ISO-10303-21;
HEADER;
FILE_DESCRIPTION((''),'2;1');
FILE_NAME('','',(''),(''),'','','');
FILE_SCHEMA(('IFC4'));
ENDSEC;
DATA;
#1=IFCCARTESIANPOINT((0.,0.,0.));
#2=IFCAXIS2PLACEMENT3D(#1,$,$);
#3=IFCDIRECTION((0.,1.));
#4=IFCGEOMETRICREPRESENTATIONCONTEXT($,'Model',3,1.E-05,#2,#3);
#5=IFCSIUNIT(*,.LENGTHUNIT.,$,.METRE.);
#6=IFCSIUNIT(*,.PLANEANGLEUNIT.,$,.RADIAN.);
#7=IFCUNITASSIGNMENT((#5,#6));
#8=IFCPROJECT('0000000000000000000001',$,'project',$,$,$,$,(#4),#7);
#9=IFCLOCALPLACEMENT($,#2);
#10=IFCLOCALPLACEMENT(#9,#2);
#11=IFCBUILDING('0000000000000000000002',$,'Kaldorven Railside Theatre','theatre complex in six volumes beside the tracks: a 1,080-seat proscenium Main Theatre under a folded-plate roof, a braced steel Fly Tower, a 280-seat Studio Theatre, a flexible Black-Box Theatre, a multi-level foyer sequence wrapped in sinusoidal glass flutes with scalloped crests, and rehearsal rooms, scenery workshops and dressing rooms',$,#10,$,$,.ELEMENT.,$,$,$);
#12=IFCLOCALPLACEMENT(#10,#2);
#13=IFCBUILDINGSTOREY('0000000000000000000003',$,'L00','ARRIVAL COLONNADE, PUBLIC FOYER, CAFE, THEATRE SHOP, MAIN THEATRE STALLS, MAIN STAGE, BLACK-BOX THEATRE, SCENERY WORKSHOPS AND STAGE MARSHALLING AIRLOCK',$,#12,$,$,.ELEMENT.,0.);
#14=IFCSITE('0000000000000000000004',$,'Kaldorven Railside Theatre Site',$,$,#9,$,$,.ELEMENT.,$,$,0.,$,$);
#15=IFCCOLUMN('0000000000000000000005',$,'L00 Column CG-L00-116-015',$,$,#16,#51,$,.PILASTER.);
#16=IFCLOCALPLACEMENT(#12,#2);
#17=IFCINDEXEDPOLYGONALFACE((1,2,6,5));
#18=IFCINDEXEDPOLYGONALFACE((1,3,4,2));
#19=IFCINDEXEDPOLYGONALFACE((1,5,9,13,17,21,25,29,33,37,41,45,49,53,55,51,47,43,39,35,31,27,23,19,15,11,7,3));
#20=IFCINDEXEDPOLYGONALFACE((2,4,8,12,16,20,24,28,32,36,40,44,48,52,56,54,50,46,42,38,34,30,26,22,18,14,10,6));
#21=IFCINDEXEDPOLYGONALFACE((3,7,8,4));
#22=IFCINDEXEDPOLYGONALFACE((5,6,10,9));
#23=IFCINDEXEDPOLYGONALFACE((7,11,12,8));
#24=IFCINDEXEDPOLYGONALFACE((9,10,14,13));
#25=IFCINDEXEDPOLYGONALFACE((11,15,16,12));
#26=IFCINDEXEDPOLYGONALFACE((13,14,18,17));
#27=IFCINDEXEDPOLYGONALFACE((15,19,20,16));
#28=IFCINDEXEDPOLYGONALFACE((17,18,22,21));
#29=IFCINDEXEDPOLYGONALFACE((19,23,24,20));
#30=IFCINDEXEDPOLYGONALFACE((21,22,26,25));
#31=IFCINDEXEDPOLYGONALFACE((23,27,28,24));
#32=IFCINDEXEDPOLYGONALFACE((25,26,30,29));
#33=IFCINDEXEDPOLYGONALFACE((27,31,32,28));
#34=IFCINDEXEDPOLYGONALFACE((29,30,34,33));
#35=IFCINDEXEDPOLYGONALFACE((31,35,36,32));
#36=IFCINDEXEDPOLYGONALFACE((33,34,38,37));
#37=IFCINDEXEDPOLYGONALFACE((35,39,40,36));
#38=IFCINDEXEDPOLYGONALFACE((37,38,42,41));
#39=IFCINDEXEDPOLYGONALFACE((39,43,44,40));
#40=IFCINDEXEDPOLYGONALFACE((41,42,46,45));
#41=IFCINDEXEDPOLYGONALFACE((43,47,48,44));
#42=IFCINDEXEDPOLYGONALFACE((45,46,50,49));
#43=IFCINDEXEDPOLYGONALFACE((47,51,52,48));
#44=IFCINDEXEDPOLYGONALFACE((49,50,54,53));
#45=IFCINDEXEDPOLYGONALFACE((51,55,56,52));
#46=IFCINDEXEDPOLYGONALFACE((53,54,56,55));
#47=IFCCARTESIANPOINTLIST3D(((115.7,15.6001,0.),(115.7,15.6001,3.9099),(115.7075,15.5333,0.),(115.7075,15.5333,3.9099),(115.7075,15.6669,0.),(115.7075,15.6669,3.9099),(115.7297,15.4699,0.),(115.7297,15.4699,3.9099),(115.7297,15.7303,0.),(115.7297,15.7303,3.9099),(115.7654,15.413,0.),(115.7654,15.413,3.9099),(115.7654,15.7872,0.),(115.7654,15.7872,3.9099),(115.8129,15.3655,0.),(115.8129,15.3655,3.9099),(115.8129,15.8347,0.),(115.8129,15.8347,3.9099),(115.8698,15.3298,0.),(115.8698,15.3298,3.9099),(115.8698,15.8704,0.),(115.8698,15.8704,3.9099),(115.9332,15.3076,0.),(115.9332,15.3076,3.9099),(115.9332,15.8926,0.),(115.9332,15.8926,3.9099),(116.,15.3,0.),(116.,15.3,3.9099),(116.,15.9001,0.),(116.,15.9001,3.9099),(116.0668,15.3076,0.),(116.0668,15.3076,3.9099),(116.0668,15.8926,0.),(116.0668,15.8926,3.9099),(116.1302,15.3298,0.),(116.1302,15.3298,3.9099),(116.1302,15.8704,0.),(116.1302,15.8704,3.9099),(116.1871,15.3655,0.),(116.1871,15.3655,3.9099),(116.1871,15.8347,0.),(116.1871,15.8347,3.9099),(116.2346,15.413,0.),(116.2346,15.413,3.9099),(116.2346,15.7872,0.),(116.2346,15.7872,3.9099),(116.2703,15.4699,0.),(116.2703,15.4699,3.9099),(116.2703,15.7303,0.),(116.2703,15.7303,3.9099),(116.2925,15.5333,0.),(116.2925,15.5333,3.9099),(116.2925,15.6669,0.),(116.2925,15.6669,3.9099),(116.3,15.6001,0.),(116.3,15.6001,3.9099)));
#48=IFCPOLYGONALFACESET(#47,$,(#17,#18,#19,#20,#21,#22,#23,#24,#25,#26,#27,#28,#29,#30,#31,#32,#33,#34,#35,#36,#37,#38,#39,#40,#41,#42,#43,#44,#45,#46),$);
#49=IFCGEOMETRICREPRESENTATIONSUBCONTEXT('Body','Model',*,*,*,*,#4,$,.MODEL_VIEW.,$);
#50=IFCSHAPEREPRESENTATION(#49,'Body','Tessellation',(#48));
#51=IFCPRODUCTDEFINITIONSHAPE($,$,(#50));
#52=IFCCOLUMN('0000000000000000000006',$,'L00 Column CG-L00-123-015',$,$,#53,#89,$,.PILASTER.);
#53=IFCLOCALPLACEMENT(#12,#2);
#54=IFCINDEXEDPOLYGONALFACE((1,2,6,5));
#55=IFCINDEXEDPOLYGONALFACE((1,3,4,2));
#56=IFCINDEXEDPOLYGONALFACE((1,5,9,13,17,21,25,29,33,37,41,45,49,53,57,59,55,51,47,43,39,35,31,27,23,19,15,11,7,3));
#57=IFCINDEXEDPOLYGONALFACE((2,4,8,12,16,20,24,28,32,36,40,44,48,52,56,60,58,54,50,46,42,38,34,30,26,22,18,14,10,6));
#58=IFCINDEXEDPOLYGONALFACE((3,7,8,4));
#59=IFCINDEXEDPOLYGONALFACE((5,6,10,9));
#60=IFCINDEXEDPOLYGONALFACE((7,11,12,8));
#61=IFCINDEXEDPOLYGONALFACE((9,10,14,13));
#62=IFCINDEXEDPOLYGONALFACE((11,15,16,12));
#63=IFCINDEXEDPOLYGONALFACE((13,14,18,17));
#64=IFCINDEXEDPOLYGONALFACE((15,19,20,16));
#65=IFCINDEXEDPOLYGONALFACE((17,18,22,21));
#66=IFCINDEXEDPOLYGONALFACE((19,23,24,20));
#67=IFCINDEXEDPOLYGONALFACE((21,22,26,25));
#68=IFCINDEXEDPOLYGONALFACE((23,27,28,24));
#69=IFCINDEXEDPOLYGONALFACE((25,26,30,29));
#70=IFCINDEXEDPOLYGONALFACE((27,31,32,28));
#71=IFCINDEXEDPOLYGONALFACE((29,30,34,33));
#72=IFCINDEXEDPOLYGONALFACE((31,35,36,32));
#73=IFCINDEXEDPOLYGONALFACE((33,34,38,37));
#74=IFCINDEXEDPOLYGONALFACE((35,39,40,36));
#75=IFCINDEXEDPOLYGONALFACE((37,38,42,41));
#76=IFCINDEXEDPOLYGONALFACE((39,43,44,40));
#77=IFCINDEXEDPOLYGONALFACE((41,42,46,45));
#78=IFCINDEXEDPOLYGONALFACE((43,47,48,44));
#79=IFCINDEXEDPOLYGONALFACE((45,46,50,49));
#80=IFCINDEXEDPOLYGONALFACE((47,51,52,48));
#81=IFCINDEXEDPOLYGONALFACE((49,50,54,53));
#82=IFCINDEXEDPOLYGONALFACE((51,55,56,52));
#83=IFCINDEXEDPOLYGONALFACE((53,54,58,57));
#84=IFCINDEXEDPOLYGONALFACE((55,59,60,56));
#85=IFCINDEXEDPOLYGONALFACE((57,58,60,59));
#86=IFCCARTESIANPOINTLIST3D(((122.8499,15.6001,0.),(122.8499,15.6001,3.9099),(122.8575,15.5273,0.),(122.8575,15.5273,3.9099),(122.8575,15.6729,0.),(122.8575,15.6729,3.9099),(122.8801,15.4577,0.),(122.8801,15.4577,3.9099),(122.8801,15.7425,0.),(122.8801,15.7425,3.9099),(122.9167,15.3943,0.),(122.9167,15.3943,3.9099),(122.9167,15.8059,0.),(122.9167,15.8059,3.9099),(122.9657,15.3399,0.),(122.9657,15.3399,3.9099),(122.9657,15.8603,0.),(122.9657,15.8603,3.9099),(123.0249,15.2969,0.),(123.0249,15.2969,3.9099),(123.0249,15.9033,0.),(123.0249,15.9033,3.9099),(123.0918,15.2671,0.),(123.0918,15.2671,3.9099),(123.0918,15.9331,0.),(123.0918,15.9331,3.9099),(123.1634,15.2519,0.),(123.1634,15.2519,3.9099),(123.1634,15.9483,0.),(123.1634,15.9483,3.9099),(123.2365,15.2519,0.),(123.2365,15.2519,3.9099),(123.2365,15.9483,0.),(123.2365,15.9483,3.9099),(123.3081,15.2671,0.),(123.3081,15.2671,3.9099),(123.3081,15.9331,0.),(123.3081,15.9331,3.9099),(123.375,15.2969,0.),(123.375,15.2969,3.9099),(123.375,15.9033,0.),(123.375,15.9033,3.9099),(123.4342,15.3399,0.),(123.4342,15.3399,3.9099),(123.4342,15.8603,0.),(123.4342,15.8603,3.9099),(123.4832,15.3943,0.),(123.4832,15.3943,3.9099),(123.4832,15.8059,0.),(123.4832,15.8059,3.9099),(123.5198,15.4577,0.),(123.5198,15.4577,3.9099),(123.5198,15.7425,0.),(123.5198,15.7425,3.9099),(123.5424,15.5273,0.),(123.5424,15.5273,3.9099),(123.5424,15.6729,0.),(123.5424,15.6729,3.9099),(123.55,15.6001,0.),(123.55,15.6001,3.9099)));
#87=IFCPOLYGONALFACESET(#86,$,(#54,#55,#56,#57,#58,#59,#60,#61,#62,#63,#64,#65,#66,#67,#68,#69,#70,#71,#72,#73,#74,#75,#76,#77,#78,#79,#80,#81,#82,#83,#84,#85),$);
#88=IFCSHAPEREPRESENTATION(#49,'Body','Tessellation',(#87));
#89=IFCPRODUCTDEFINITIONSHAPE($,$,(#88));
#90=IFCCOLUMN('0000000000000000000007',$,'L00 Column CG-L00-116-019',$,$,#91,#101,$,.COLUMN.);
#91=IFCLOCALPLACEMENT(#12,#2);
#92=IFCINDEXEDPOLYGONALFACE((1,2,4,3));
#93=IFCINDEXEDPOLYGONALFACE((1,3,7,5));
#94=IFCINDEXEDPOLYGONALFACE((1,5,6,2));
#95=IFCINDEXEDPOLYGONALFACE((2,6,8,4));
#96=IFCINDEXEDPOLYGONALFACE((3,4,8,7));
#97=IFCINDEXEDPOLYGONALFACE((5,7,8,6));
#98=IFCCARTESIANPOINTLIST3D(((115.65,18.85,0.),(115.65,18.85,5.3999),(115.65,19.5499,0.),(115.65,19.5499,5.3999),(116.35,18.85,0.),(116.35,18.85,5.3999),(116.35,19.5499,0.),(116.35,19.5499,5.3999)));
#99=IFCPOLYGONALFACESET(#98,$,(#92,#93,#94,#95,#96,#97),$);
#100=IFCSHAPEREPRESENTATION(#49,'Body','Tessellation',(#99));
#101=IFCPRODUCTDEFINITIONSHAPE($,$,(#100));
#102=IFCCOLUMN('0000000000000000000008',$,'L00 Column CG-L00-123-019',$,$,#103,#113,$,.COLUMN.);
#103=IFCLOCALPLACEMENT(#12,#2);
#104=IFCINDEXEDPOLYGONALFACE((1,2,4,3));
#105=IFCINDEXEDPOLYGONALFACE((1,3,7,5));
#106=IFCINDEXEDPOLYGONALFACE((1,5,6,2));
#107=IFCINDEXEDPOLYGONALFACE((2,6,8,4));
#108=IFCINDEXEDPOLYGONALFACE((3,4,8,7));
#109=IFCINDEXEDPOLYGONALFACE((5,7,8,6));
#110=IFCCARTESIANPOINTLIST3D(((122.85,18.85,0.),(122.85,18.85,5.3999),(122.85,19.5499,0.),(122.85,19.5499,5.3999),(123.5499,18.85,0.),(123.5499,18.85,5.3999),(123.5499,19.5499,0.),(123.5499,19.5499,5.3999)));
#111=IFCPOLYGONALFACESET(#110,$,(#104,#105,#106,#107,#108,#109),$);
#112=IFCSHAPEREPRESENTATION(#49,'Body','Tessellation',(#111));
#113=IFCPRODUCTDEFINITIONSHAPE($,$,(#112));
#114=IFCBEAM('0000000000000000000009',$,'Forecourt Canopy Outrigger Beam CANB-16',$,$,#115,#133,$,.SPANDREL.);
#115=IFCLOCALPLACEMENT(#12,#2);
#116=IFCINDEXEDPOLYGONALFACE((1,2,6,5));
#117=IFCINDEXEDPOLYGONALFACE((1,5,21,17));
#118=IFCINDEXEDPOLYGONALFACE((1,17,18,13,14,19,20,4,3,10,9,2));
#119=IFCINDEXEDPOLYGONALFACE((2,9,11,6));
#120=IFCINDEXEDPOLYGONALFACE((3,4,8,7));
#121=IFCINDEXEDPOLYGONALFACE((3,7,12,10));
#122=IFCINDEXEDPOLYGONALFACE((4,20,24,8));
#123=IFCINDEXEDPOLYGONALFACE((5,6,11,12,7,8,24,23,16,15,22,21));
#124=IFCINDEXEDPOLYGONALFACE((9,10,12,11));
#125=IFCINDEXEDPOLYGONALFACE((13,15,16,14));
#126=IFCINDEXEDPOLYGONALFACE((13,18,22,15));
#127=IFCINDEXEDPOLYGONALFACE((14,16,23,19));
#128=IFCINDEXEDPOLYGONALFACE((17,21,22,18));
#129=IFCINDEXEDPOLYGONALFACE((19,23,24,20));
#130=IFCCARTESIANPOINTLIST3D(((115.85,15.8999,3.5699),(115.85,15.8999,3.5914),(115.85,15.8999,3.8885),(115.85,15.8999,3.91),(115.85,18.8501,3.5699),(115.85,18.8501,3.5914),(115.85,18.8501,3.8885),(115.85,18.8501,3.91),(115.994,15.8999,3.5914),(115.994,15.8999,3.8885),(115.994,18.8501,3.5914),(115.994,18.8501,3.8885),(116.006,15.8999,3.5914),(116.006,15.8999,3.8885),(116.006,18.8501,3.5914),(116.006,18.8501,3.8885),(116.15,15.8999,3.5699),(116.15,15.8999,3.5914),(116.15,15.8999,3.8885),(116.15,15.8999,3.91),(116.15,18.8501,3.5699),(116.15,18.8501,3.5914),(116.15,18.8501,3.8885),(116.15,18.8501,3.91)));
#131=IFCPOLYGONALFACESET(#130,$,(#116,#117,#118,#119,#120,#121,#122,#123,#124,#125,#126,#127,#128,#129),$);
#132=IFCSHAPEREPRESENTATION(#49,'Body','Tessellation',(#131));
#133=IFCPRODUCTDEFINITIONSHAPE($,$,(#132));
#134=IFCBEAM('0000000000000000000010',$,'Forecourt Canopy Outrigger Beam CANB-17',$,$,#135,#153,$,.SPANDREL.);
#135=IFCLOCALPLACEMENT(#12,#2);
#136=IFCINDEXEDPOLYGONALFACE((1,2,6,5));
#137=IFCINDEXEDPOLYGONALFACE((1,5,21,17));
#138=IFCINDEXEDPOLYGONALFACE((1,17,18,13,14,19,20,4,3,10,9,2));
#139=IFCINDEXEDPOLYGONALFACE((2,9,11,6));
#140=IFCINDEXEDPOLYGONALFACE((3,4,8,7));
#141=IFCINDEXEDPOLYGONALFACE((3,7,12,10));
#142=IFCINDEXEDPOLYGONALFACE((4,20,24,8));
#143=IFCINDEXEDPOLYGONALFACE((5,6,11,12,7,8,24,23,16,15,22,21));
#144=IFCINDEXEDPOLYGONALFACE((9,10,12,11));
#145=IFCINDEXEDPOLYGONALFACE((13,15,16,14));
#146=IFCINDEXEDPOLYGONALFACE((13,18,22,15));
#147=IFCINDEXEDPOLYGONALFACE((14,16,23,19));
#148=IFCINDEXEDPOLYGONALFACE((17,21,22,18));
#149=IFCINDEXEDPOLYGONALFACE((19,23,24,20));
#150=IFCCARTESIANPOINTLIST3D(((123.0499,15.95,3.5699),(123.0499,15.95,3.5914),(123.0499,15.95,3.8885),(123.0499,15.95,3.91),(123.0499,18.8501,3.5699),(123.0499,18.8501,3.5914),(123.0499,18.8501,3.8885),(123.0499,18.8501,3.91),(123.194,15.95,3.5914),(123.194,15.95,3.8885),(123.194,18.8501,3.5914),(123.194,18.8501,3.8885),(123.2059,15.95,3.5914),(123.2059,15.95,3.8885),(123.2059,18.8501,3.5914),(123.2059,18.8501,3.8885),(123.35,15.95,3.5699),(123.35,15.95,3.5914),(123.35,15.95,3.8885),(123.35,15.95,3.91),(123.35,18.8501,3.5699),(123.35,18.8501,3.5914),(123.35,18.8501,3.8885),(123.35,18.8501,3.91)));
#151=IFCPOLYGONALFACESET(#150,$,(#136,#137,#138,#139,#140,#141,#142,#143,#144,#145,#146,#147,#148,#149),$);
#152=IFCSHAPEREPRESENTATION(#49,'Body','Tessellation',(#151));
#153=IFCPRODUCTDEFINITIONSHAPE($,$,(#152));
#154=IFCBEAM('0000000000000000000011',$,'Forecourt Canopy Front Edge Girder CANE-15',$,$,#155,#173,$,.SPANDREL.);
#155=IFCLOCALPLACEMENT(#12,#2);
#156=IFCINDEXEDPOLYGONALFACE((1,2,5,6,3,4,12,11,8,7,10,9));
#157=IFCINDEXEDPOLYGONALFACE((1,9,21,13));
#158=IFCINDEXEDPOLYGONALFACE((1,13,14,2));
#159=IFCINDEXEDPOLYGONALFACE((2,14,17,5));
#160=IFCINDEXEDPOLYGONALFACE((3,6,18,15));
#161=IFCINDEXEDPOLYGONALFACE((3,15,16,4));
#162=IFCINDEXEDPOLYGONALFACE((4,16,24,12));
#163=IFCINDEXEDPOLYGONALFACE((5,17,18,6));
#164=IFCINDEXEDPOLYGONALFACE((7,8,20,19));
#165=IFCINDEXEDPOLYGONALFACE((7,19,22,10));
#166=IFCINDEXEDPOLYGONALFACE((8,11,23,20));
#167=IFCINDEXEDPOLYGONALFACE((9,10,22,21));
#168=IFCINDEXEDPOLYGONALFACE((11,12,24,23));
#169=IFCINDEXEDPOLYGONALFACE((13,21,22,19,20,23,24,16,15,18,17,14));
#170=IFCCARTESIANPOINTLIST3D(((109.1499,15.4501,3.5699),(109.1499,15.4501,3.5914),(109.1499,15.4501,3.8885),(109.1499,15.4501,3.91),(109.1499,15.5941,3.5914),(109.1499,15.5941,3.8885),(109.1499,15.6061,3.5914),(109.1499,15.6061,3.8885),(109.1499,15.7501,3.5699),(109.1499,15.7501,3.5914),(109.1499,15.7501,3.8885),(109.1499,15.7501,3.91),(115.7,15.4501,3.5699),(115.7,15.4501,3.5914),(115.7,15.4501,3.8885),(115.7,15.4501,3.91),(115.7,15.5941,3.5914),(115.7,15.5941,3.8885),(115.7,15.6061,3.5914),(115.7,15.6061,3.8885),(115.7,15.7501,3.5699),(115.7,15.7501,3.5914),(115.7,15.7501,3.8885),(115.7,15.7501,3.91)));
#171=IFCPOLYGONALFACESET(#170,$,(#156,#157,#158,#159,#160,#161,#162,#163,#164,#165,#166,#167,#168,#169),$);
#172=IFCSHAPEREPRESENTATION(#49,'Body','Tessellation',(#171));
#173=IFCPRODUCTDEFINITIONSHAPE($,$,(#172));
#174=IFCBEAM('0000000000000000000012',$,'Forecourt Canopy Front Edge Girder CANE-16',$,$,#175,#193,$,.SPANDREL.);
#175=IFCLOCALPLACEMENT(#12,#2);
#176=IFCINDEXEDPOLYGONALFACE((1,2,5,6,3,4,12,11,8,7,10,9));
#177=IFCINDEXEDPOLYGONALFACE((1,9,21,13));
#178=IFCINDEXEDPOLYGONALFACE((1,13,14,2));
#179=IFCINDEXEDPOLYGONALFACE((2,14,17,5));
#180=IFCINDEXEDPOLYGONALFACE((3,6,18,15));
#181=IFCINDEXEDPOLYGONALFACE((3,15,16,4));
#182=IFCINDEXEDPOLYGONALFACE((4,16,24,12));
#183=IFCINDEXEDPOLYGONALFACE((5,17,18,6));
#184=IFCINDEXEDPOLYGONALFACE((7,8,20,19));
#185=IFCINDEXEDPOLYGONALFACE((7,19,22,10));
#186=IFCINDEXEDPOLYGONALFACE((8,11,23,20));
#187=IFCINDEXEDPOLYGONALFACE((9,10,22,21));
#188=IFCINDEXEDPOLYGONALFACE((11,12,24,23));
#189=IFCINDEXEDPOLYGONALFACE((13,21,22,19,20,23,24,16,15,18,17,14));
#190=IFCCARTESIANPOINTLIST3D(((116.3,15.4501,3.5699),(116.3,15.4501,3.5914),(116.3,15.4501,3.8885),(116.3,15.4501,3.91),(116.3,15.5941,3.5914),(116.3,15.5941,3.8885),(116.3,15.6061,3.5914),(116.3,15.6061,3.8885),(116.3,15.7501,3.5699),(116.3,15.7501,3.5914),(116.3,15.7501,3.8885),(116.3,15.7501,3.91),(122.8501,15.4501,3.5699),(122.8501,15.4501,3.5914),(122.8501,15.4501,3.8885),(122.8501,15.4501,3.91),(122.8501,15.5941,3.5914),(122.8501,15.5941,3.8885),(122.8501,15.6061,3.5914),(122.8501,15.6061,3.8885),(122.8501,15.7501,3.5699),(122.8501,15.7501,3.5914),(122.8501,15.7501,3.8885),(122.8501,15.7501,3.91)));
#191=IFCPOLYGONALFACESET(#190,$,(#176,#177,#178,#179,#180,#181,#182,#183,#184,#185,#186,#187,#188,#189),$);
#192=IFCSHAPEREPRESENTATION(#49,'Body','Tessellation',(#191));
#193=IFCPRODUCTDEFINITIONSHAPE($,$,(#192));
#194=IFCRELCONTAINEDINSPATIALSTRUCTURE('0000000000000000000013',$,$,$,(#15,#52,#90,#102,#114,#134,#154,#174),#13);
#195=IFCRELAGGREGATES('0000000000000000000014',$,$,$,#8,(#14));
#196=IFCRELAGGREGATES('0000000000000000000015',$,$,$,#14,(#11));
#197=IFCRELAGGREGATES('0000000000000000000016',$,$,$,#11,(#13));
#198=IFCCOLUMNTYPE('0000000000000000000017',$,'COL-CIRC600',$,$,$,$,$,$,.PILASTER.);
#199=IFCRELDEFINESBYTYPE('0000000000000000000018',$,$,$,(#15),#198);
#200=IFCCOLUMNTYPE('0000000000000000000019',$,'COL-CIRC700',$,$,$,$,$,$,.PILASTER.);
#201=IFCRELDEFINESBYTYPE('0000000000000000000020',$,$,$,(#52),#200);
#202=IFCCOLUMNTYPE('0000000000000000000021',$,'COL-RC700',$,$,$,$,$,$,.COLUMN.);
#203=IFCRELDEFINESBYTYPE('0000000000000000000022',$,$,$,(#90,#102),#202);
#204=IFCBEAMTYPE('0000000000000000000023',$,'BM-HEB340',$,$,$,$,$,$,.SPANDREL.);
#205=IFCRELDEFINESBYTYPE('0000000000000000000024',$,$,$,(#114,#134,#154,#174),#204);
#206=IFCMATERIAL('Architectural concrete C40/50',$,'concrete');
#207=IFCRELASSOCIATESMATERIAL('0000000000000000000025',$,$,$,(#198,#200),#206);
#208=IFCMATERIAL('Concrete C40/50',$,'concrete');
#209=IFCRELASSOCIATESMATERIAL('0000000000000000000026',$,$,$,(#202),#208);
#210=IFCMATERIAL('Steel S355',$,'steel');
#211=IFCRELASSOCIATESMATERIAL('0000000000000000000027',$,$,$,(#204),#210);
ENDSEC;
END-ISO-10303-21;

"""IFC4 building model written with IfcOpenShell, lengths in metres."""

from ifc_helpers import new_model, si_unit, direction, frame, origin, origin_2d, place, context, subcontext, project, spatial, rectangle, circle, i_section, extrude, material, material_profile, profile_set, type_object, element, save


model = new_model("IFC4")

# Units and contexts
model_context = context("Model", 3, precision=1e-05, world=origin(), true_north=direction((0.0, 1.0)))
body_context = subcontext(model_context, "Body", "Model", "MODEL_VIEW")
ifc_project = project(units=[si_unit("LENGTHUNIT", "METRE"), si_unit("PLANEANGLEUNIT", "RADIAN")], contexts=[model_context])

# Site, building, storey
site_placement = place(None, origin())
site = spatial("IfcSite", under=ifc_project, at=site_placement, Name="Kaldorven Railside Theatre Site", CompositionType="ELEMENT", RefElevation=0.0)
building_placement = place(site_placement, origin())
building = spatial("IfcBuilding", under=site, at=building_placement, Name="Kaldorven Railside Theatre", Description="theatre complex in six volumes beside the tracks: a 1,080-seat proscenium Main Theatre under a folded-plate roof, a braced steel Fly Tower, a 280-seat Studio Theatre, a flexible Black-Box Theatre, a multi-level foyer sequence wrapped in sinusoidal glass flutes with scalloped crests, and rehearsal rooms, scenery workshops and dressing rooms", CompositionType="ELEMENT")
storey_placement = place(building_placement, origin())
storey = spatial("IfcBuildingStorey", under=building, at=storey_placement, Name="L00", Description="ARRIVAL COLONNADE, PUBLIC FOYER, CAFE, THEATRE SHOP, MAIN THEATRE STALLS, MAIN STAGE, BLACK-BOX THEATRE, SCENERY WORKSHOPS AND STAGE MARSHALLING AIRLOCK", CompositionType="ELEMENT", Elevation=0.0)

# Columns
ifc_material_1 = material(Name="Architectural concrete C40/50", Category="concrete")
ifc_material_profile_1 = material_profile(ifc_material_1, circle(Radius=0.3, at=origin_2d()), Name="RC D600")
ifc_profile_set_1 = profile_set([ifc_material_profile_1], Name="Architectural concrete C40/50")
column_type_1 = type_object("IfcColumnType", Name="COL-CIRC600", PredefinedType="PILASTER", material=ifc_profile_set_1)
column_1_placement = place(storey_placement, frame((116.0, 15.6001, 0.0), z_axis=(0.0, 0.0, 1.0), x_axis=(1.0, 0.0, 0.0)))
element("IfcColumn", 1, at=column_1_placement, inside=storey, type_object=column_type_1, Name="L00 Column CG-L00-116-015", PredefinedType="PILASTER", context=body_context, shape_type="SweptSolid", body=[
    extrude(circle(Radius=0.3, at=origin_2d()), origin(), (0.0, 0.0, 1.0), 3.9099),
])
ifc_material_profile_2 = material_profile(ifc_material_1, circle(Radius=0.3501, at=origin_2d()), Name="RC D700")
ifc_profile_set_2 = profile_set([ifc_material_profile_2], Name="Architectural concrete C40/50")
column_type_2 = type_object("IfcColumnType", Name="COL-CIRC700", PredefinedType="PILASTER", material=ifc_profile_set_2)
column_2_placement = place(storey_placement, frame((123.2, 15.6001, 0.0), z_axis=(0.0, 0.0, 1.0), x_axis=(1.0, 0.0, 0.0)))
element("IfcColumn", 2, at=column_2_placement, inside=storey, type_object=column_type_2, Name="L00 Column CG-L00-123-015", PredefinedType="PILASTER", context=body_context, shape_type="SweptSolid", body=[
    extrude(circle(Radius=0.3501, at=origin_2d()), origin(), (0.0, 0.0, 1.0), 3.9099),
])
ifc_material_2 = material(Name="Concrete C40/50", Category="concrete")
ifc_material_profile_3 = material_profile(ifc_material_2, rectangle(XDim=0.7, YDim=0.7, at=origin_2d()), Name="RC 700x700")
ifc_profile_set_3 = profile_set([ifc_material_profile_3], Name="Concrete C40/50")
column_type_3 = type_object("IfcColumnType", Name="COL-RC700", PredefinedType="COLUMN", material=ifc_profile_set_3)
for number, where, z_axis, x_axis, name in (
    (3, (116.0, 19.2, 0.0), (0.0, 0.0, 1.0), (0.0, 1.0, 0.0), "L00 Column CG-L00-116-019"),
    (4, (123.2, 19.2, 0.0), (0.0, 0.0, 1.0), (1.0, 0.0, 0.0), "L00 Column CG-L00-123-019"),
):
    element("IfcColumn", number, at=place(storey_placement, frame(where, z_axis=z_axis, x_axis=x_axis)), inside=storey, type_object=column_type_3, Name=name, PredefinedType="COLUMN", context=body_context, shape_type="SweptSolid", body=[
        extrude(rectangle(XDim=0.7, YDim=0.7, at=origin_2d()), origin(), (0.0, 0.0, 1.0), 5.3999),
    ])

# Beams
ifc_material_3 = material(Name="Steel S355", Category="steel")
ifc_material_profile_4 = material_profile(ifc_material_3, i_section(OverallWidth=0.3, OverallDepth=0.3401, WebThickness=0.012, FlangeThickness=0.0215, at=origin_2d()), Name="HEB 340")
ifc_profile_set_4 = profile_set([ifc_material_profile_4], Name="Steel S355")
beam_type_1 = type_object("IfcBeamType", Name="BM-HEB340", PredefinedType="SPANDREL", material=ifc_profile_set_4)
beam_1_placement = place(storey_placement, frame((116.0, 15.8999, 3.74), z_axis=(0.0, 1.0, 0.0), x_axis=(-1.0, 0.0, 0.0)))
element("IfcBeam", 5, at=beam_1_placement, inside=storey, type_object=beam_type_1, Name="Forecourt Canopy Outrigger Beam CANB-16", PredefinedType="SPANDREL", context=body_context, shape_type="SweptSolid", body=[
    extrude(i_section(OverallWidth=0.3, OverallDepth=0.3401, WebThickness=0.012, FlangeThickness=0.0215, at=origin_2d()), origin(), (0.0, 0.0, 1.0), 2.9502),
])
beam_2_placement = place(storey_placement, frame((123.2, 15.95, 3.74), z_axis=(0.0, 1.0, 0.0), x_axis=(-1.0, 0.0, 0.0)))
element("IfcBeam", 6, at=beam_2_placement, inside=storey, type_object=beam_type_1, Name="Forecourt Canopy Outrigger Beam CANB-17", PredefinedType="SPANDREL", context=body_context, shape_type="SweptSolid", body=[
    extrude(i_section(OverallWidth=0.3, OverallDepth=0.3401, WebThickness=0.012, FlangeThickness=0.0215, at=origin_2d()), origin(), (0.0, 0.0, 1.0), 2.9001),
])
for number, where, z_axis, x_axis, name in (
    (7, (109.1499, 15.6001, 3.74), (1.0, 0.0, 0.0), (0.0, 1.0, 0.0), "Forecourt Canopy Front Edge Girder CANE-15"),
    (8, (116.3, 15.6001, 3.74), (1.0, 0.0, 0.0), (0.0, 1.0, 0.0), "Forecourt Canopy Front Edge Girder CANE-16"),
):
    element("IfcBeam", number, at=place(storey_placement, frame(where, z_axis=z_axis, x_axis=x_axis)), inside=storey, type_object=beam_type_1, Name=name, PredefinedType="SPANDREL", context=body_context, shape_type="SweptSolid", body=[
        extrude(i_section(OverallWidth=0.3, OverallDepth=0.3401, WebThickness=0.012, FlangeThickness=0.0215, at=origin_2d()), origin(), (0.0, 0.0, 1.0), 6.55),
    ])

save(model, "model.ifc")
